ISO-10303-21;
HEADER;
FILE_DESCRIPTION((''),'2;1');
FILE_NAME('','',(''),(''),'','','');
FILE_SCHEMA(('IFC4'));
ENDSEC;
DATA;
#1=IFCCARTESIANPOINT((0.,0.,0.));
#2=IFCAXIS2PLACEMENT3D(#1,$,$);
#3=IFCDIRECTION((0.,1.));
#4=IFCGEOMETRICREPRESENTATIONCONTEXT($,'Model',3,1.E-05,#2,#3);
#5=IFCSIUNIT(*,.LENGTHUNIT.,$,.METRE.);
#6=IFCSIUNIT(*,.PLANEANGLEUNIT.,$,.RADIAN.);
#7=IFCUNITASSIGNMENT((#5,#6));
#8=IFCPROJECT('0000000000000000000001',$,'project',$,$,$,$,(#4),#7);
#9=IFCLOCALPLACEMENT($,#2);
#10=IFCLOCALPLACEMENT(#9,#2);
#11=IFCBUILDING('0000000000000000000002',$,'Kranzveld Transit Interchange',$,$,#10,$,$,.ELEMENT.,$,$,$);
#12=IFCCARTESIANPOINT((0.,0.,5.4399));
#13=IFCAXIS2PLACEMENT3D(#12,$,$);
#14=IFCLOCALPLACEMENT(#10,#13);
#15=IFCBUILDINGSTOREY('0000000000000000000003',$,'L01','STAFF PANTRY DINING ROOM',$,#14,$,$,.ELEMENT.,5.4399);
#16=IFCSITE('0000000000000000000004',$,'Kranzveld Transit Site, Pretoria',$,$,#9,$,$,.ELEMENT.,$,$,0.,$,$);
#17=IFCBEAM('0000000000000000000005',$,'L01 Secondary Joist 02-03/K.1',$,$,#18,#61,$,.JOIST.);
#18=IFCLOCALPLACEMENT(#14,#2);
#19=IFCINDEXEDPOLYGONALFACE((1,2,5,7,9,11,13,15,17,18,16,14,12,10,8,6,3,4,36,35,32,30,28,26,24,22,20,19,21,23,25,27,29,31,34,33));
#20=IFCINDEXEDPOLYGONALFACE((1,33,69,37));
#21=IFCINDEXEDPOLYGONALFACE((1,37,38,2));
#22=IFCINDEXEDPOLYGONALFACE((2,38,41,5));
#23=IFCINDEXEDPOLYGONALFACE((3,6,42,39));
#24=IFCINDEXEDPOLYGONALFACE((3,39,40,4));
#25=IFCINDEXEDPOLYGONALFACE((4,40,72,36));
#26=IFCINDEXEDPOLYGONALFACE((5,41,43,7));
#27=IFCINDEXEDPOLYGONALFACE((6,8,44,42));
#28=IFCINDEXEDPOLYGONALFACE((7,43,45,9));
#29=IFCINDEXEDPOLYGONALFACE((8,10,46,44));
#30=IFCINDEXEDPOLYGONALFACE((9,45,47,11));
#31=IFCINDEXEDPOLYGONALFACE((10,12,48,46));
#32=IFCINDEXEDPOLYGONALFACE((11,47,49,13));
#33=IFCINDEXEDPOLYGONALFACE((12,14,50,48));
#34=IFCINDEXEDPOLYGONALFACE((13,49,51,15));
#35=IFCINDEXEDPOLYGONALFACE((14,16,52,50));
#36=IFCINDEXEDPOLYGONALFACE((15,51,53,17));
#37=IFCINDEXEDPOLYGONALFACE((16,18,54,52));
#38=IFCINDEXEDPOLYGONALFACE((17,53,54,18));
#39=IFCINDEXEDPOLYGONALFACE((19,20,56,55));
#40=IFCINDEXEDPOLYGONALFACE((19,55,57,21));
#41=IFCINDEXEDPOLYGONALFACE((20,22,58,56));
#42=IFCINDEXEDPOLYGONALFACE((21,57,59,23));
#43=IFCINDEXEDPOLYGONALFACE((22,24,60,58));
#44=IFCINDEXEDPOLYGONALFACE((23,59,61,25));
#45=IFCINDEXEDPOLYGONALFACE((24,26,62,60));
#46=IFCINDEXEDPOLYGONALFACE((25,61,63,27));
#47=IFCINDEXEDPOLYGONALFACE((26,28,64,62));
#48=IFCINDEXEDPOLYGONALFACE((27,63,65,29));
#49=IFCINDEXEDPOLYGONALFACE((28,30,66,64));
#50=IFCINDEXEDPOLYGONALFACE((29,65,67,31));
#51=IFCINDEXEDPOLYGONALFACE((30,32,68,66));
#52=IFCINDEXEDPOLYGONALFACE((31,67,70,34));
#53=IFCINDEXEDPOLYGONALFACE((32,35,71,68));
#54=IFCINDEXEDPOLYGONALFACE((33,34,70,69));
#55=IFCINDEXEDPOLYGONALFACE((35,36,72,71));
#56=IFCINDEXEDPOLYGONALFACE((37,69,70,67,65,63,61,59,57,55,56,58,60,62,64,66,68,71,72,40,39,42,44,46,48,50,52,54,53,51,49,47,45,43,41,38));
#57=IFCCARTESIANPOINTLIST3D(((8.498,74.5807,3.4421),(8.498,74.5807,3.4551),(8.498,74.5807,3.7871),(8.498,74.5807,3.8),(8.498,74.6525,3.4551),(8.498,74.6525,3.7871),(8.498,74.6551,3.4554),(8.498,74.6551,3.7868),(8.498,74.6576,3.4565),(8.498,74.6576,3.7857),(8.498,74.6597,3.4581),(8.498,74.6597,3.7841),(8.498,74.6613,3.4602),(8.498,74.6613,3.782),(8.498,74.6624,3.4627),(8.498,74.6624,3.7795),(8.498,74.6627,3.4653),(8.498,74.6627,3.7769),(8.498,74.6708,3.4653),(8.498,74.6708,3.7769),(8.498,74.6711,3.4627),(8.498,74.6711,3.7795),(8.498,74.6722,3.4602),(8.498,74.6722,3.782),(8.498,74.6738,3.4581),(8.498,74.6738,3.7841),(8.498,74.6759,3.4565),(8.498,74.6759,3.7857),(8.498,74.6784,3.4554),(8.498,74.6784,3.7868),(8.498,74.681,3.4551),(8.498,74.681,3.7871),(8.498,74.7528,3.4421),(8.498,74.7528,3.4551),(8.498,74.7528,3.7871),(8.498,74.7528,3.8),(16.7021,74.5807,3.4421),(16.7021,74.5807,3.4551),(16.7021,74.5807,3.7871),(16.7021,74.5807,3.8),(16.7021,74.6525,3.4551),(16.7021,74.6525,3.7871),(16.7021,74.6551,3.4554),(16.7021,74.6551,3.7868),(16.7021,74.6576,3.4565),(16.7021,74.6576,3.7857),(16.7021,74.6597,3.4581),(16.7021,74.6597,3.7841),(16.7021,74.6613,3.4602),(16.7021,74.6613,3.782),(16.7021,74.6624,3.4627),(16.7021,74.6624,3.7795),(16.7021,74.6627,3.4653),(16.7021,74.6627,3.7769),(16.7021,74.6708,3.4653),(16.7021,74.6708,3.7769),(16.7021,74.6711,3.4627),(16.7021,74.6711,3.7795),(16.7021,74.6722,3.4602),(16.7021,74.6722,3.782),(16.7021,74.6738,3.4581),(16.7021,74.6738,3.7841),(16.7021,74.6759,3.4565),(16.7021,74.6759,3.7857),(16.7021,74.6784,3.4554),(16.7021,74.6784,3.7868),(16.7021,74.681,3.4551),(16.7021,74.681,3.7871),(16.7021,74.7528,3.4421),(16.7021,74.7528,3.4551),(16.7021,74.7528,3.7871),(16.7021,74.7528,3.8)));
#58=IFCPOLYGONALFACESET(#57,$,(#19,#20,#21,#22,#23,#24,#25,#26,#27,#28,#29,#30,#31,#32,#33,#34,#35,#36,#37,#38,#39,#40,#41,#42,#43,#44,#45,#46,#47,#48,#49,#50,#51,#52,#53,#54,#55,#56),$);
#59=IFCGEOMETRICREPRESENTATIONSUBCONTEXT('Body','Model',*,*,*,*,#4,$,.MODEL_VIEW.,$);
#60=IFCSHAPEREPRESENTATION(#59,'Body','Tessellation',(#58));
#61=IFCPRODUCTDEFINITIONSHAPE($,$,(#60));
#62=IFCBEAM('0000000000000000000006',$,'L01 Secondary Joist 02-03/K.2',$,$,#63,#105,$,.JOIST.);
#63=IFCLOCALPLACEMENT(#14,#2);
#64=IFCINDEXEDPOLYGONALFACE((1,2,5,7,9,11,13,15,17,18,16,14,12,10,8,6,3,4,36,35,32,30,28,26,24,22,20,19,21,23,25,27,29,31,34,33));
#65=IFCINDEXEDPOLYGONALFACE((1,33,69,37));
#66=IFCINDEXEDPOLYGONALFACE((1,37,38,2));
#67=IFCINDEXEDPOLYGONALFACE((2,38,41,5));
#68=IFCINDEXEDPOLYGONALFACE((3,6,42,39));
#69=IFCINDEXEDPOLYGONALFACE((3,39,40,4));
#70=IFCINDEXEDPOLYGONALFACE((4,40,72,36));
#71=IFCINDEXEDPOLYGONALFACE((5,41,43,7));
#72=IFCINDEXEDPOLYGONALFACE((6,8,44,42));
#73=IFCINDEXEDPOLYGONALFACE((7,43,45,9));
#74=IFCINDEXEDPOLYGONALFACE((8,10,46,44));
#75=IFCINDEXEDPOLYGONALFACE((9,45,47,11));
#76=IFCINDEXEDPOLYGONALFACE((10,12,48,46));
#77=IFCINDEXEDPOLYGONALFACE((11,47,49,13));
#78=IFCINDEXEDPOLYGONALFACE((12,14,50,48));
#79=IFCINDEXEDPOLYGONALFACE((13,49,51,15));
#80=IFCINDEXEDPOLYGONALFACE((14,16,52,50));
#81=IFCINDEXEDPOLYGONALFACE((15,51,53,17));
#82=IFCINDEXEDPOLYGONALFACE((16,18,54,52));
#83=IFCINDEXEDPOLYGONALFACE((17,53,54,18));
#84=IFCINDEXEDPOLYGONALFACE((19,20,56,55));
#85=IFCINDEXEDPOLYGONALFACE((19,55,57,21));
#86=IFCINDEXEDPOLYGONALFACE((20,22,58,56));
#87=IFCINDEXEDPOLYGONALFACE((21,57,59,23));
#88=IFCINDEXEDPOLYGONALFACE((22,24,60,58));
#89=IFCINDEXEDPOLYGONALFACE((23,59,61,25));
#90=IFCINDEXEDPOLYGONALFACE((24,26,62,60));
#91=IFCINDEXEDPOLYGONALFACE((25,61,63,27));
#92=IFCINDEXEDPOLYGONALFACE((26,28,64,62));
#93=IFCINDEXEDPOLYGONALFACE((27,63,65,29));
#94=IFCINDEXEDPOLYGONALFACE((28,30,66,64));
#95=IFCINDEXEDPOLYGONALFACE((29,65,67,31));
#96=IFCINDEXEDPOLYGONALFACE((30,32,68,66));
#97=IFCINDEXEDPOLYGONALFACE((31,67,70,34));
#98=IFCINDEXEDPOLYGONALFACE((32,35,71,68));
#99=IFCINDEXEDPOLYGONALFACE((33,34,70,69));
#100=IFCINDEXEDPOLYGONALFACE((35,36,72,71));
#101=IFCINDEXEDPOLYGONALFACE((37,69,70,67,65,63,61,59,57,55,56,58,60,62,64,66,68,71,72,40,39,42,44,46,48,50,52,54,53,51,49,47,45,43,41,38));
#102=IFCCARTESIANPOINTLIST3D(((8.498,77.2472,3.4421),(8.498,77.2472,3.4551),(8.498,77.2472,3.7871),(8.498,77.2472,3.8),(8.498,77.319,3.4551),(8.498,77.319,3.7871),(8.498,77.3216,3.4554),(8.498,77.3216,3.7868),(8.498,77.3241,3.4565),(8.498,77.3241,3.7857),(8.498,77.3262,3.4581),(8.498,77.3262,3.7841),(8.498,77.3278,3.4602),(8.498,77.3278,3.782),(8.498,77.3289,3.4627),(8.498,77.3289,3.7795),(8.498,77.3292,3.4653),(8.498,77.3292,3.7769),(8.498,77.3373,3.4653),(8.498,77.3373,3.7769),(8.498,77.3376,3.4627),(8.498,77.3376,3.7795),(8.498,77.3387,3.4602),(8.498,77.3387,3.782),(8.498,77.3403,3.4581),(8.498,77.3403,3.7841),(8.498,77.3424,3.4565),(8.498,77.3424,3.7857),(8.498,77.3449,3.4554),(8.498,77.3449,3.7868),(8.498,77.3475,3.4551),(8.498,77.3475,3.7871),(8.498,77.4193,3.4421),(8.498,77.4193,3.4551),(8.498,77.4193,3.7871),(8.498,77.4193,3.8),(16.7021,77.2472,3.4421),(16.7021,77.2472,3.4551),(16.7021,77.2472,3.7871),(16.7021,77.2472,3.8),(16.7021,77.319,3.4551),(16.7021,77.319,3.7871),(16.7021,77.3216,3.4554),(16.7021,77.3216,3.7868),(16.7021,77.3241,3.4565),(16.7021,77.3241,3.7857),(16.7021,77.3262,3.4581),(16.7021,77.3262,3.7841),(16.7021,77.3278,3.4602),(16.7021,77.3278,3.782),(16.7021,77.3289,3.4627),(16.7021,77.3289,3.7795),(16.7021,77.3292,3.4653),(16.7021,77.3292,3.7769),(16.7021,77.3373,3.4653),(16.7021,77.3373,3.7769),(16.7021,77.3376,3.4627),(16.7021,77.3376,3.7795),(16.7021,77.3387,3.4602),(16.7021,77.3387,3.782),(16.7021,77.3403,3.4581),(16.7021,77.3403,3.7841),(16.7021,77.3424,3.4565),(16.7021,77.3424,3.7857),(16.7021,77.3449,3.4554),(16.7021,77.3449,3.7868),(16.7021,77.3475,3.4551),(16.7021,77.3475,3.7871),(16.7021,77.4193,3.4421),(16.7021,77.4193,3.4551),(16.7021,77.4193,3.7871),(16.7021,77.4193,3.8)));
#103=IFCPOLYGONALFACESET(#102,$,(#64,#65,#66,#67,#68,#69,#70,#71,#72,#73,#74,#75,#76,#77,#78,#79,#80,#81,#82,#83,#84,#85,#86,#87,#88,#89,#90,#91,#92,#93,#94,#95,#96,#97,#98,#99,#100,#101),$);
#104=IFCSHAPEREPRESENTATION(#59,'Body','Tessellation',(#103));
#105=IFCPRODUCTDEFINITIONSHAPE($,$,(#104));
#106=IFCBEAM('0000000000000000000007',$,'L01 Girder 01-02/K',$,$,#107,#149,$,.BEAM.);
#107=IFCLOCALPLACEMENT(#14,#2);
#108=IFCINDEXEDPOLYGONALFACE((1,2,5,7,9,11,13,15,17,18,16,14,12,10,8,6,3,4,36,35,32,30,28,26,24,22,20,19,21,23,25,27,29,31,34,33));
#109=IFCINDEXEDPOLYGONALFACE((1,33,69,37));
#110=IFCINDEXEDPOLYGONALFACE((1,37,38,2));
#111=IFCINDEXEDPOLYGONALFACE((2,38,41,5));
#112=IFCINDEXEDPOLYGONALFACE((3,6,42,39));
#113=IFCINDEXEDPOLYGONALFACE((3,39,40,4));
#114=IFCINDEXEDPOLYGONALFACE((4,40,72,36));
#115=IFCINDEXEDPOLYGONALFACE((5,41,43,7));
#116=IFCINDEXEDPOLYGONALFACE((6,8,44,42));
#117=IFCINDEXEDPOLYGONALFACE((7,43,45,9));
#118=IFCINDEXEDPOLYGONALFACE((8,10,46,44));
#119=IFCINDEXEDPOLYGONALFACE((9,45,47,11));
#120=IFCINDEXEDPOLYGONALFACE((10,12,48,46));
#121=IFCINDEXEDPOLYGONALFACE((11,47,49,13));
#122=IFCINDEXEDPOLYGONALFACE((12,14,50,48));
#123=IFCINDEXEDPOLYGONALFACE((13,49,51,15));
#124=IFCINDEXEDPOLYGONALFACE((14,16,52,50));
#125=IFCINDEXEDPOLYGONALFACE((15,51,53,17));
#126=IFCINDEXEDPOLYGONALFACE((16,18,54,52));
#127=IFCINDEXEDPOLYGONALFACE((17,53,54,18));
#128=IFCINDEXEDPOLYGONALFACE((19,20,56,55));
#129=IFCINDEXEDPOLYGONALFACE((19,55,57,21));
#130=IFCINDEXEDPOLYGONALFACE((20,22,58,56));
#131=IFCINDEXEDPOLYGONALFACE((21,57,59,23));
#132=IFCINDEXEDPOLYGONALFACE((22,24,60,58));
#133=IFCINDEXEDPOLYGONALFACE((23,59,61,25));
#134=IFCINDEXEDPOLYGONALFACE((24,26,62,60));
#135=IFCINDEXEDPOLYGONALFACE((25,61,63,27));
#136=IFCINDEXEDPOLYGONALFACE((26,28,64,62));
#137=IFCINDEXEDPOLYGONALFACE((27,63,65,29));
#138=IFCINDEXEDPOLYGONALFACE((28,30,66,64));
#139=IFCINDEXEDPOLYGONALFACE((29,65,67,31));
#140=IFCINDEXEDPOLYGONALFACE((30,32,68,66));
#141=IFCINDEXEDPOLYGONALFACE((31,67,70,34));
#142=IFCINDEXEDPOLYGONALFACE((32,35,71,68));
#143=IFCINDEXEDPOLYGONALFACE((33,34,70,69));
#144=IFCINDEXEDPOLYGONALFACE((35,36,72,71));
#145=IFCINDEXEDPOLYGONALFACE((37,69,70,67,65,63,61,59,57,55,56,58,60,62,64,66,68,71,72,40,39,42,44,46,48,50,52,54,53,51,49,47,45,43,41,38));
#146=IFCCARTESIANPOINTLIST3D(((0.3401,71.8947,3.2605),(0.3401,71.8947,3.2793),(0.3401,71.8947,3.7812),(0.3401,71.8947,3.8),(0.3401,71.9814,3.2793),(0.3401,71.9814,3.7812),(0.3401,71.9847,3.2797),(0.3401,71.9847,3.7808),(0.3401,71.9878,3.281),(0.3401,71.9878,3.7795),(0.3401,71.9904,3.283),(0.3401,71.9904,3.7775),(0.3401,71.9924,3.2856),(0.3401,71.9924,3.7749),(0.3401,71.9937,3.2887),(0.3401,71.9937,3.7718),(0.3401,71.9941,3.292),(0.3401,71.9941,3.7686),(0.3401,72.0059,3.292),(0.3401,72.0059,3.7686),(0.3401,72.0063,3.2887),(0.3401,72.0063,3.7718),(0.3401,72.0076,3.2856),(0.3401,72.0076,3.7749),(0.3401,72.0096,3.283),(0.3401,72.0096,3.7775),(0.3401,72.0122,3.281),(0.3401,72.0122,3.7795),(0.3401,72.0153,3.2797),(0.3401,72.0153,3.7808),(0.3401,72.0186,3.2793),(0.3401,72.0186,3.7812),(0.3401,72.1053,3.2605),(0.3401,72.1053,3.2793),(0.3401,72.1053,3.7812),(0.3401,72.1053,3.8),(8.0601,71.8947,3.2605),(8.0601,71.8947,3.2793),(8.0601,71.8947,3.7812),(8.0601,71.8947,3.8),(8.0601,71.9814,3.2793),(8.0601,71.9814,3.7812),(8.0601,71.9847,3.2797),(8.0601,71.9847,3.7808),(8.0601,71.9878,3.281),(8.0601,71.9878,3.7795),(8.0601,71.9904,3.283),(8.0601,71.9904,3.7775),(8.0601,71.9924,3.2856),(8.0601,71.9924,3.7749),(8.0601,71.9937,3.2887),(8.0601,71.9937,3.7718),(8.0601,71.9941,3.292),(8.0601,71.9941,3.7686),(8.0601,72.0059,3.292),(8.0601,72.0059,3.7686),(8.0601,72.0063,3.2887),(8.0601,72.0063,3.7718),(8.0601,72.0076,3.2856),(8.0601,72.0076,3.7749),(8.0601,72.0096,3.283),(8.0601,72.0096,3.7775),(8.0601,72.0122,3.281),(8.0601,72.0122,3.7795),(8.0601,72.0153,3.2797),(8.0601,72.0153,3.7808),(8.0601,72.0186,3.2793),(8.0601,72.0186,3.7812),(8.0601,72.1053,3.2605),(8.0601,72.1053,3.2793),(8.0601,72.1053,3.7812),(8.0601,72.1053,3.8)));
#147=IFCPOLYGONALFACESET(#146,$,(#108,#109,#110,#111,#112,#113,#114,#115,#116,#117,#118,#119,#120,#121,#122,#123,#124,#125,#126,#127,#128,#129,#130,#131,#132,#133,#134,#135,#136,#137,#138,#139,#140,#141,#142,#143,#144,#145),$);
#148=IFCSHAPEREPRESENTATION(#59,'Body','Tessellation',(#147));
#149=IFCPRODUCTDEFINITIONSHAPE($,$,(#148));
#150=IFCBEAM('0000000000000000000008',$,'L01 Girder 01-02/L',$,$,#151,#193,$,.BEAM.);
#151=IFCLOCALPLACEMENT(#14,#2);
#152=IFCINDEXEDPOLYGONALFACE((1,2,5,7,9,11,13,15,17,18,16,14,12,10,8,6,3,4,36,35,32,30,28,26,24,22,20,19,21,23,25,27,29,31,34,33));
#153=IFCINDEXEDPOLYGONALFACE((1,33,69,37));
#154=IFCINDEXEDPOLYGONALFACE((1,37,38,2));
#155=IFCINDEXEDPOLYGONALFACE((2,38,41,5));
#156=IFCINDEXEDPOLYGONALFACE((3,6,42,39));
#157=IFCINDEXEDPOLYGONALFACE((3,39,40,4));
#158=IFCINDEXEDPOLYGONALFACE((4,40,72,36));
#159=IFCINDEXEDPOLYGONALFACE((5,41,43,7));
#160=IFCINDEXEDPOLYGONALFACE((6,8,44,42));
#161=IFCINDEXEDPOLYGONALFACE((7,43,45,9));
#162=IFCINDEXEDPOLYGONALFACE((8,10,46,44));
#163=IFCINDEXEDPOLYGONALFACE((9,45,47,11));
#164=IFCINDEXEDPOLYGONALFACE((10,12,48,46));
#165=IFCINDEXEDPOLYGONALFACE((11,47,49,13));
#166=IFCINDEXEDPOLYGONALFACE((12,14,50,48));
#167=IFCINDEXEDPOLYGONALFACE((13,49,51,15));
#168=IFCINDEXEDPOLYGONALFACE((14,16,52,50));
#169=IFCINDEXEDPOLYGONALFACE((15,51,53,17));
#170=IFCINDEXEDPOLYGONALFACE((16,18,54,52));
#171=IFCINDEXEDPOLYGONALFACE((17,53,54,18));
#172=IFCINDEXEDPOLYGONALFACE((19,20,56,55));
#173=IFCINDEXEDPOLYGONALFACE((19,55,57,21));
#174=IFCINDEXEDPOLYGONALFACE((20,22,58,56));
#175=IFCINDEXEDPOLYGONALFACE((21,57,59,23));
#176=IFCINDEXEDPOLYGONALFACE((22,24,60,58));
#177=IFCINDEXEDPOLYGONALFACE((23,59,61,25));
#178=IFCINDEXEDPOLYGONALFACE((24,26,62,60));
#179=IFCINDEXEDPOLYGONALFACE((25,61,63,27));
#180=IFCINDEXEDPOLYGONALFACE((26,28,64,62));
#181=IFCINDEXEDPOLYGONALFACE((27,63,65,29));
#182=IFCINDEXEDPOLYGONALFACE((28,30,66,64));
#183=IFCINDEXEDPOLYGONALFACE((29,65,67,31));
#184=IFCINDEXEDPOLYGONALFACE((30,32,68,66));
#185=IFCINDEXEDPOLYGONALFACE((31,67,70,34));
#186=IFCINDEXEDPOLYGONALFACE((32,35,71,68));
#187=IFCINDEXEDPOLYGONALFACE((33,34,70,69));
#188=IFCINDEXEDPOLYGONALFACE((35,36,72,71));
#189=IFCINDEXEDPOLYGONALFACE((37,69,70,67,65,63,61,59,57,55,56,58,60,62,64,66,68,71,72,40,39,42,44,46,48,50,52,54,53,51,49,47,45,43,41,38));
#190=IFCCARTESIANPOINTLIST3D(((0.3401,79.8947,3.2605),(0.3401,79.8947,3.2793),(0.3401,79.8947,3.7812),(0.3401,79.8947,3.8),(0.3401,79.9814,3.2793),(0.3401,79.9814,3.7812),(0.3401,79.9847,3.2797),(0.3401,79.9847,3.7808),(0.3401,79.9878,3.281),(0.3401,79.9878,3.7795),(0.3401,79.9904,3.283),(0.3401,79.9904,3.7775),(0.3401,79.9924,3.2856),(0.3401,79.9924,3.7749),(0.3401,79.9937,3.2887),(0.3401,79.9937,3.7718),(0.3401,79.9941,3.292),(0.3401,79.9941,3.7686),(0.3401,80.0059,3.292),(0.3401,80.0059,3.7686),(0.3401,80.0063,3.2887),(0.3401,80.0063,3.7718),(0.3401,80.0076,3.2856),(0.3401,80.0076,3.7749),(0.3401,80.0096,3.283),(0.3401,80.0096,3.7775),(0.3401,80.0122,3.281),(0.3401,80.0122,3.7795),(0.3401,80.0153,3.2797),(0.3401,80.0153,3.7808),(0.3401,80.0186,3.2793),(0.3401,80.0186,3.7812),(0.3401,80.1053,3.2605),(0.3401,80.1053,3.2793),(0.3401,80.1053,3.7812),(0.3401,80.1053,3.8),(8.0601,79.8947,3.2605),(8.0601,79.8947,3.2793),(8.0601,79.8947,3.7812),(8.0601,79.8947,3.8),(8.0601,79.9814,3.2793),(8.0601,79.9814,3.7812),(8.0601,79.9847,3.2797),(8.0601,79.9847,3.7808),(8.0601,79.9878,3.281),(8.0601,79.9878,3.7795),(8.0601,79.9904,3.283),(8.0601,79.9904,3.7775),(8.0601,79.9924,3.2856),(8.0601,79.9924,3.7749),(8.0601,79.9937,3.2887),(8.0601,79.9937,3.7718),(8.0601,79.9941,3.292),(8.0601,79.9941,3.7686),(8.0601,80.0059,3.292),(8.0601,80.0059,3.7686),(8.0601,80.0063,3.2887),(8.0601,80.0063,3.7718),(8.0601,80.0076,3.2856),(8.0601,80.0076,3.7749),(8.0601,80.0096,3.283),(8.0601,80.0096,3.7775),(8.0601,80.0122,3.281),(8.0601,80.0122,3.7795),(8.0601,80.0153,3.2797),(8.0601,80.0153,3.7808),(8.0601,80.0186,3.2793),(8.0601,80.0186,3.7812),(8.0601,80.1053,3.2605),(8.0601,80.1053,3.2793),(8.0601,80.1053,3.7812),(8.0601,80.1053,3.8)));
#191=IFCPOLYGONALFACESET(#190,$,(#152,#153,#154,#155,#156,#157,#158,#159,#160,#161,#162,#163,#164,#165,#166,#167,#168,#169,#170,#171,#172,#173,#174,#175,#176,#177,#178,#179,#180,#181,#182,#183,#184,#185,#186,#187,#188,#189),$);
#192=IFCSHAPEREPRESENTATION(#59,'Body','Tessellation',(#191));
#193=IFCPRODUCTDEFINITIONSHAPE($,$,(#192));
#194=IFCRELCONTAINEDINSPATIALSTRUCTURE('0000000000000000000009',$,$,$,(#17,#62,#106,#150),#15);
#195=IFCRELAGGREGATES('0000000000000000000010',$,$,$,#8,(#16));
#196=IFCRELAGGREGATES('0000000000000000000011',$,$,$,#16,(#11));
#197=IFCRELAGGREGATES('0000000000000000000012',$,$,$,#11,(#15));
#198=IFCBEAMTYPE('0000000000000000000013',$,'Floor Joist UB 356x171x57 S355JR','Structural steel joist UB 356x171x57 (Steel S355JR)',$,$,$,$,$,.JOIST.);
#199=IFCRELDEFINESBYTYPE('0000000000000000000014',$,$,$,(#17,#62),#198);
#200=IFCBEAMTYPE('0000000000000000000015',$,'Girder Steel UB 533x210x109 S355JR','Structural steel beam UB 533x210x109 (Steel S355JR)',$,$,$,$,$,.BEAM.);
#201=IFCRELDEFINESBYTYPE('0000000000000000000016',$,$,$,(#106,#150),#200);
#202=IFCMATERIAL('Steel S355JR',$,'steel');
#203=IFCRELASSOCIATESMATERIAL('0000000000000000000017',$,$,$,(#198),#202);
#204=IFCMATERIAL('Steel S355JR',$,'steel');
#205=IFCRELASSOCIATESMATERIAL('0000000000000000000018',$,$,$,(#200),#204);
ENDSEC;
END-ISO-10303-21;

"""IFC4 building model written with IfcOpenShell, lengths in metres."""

from ifc_helpers import new_model, si_unit, direction, frame, origin, origin_2d, place, context, subcontext, project, spatial, i_section, extrude, material, material_profile, profile_set, type_object, element, save


model = new_model("IFC4")

# Units and contexts
model_context = context("Model", 3, precision=1e-05, world=origin(), true_north=direction((0.0, 1.0)))
body_context = subcontext(model_context, "Body", "Model", "MODEL_VIEW")
ifc_project = project(units=[si_unit("LENGTHUNIT", "METRE"), si_unit("PLANEANGLEUNIT", "RADIAN")], contexts=[model_context])

# Site, building, storey
site_placement = place(None, origin())
site = spatial("IfcSite", under=ifc_project, at=site_placement, Name="Kranzveld Transit Site, Pretoria", CompositionType="ELEMENT", RefElevation=0.0)
building_placement = place(site_placement, origin())
building = spatial("IfcBuilding", under=site, at=building_placement, Name="Kranzveld Transit Interchange", CompositionType="ELEMENT")
storey_placement = place(building_placement, frame((0.0, 0.0, 5.4399)))
storey = spatial("IfcBuildingStorey", under=building, at=storey_placement, Name="L01", Description="STAFF PANTRY DINING ROOM", CompositionType="ELEMENT", Elevation=5.4399)

# Beams
ifc_material_1 = material(Name="Steel S355JR", Category="steel")
ifc_material_profile_1 = material_profile(ifc_material_1, i_section(OverallWidth=0.1721, OverallDepth=0.3579, WebThickness=0.0081, FlangeThickness=0.0129, FilletRadius=0.0103, at=origin_2d()), Name="UB 356x171x57")
ifc_profile_set_1 = profile_set([ifc_material_profile_1], Name="Steel S355JR")
beam_type_1 = type_object("IfcBeamType", Name="Floor Joist UB 356x171x57 S355JR", Description="Structural steel joist UB 356x171x57 (Steel S355JR)", PredefinedType="JOIST", material=ifc_profile_set_1)
for number, where, z_axis, x_axis, name in (
    (1, (8.498, 74.6667, 3.6211), (1.0, 0.0, 0.0), (0.0, 1.0, 0.0), "L01 Secondary Joist 02-03/K.1"),
    (2, (8.498, 77.3333, 3.6211), (1.0, 0.0, 0.0), (0.0, 1.0, 0.0), "L01 Secondary Joist 02-03/K.2"),
):
    element("IfcBeam", number, at=place(storey_placement, frame(where, z_axis=z_axis, x_axis=x_axis)), inside=storey, type_object=beam_type_1, Name=name, PredefinedType="JOIST", context=body_context, shape_type="SweptSolid", body=[
        extrude(i_section(OverallWidth=0.1721, OverallDepth=0.3579, WebThickness=0.0081, FlangeThickness=0.0129, FilletRadius=0.0103, at=origin_2d()), origin(), (0.0, 0.0, 1.0), 8.2041),
    ])
ifc_material_2 = material(Name="Steel S355JR", Category="steel")
ifc_material_profile_2 = material_profile(ifc_material_2, i_section(OverallWidth=0.2107, OverallDepth=0.5396, WebThickness=0.0117, FlangeThickness=0.0188, FilletRadius=0.0127, at=origin_2d()), Name="UB 533x210x109")
ifc_profile_set_2 = profile_set([ifc_material_profile_2], Name="Steel S355JR")
beam_type_2 = type_object("IfcBeamType", Name="Girder Steel UB 533x210x109 S355JR", Description="Structural steel beam UB 533x210x109 (Steel S355JR)", PredefinedType="BEAM", material=ifc_profile_set_2)
for number, where, z_axis, x_axis, name in (
    (3, (0.3401, 72.0, 3.5303), (1.0, 0.0, 0.0), (0.0, 1.0, 0.0), "L01 Girder 01-02/K"),
    (4, (0.3401, 80.0, 3.5303), (1.0, 0.0, 0.0), (0.0, 1.0, 0.0), "L01 Girder 01-02/L"),
):
    element("IfcBeam", number, at=place(storey_placement, frame(where, z_axis=z_axis, x_axis=x_axis)), inside=storey, type_object=beam_type_2, Name=name, PredefinedType="BEAM", context=body_context, shape_type="SweptSolid", body=[
        extrude(i_section(OverallWidth=0.2107, OverallDepth=0.5396, WebThickness=0.0117, FlangeThickness=0.0188, FilletRadius=0.0127, at=origin_2d()), origin(), (0.0, 0.0, 1.0), 7.72),
    ])

save(model, "model.ifc")
